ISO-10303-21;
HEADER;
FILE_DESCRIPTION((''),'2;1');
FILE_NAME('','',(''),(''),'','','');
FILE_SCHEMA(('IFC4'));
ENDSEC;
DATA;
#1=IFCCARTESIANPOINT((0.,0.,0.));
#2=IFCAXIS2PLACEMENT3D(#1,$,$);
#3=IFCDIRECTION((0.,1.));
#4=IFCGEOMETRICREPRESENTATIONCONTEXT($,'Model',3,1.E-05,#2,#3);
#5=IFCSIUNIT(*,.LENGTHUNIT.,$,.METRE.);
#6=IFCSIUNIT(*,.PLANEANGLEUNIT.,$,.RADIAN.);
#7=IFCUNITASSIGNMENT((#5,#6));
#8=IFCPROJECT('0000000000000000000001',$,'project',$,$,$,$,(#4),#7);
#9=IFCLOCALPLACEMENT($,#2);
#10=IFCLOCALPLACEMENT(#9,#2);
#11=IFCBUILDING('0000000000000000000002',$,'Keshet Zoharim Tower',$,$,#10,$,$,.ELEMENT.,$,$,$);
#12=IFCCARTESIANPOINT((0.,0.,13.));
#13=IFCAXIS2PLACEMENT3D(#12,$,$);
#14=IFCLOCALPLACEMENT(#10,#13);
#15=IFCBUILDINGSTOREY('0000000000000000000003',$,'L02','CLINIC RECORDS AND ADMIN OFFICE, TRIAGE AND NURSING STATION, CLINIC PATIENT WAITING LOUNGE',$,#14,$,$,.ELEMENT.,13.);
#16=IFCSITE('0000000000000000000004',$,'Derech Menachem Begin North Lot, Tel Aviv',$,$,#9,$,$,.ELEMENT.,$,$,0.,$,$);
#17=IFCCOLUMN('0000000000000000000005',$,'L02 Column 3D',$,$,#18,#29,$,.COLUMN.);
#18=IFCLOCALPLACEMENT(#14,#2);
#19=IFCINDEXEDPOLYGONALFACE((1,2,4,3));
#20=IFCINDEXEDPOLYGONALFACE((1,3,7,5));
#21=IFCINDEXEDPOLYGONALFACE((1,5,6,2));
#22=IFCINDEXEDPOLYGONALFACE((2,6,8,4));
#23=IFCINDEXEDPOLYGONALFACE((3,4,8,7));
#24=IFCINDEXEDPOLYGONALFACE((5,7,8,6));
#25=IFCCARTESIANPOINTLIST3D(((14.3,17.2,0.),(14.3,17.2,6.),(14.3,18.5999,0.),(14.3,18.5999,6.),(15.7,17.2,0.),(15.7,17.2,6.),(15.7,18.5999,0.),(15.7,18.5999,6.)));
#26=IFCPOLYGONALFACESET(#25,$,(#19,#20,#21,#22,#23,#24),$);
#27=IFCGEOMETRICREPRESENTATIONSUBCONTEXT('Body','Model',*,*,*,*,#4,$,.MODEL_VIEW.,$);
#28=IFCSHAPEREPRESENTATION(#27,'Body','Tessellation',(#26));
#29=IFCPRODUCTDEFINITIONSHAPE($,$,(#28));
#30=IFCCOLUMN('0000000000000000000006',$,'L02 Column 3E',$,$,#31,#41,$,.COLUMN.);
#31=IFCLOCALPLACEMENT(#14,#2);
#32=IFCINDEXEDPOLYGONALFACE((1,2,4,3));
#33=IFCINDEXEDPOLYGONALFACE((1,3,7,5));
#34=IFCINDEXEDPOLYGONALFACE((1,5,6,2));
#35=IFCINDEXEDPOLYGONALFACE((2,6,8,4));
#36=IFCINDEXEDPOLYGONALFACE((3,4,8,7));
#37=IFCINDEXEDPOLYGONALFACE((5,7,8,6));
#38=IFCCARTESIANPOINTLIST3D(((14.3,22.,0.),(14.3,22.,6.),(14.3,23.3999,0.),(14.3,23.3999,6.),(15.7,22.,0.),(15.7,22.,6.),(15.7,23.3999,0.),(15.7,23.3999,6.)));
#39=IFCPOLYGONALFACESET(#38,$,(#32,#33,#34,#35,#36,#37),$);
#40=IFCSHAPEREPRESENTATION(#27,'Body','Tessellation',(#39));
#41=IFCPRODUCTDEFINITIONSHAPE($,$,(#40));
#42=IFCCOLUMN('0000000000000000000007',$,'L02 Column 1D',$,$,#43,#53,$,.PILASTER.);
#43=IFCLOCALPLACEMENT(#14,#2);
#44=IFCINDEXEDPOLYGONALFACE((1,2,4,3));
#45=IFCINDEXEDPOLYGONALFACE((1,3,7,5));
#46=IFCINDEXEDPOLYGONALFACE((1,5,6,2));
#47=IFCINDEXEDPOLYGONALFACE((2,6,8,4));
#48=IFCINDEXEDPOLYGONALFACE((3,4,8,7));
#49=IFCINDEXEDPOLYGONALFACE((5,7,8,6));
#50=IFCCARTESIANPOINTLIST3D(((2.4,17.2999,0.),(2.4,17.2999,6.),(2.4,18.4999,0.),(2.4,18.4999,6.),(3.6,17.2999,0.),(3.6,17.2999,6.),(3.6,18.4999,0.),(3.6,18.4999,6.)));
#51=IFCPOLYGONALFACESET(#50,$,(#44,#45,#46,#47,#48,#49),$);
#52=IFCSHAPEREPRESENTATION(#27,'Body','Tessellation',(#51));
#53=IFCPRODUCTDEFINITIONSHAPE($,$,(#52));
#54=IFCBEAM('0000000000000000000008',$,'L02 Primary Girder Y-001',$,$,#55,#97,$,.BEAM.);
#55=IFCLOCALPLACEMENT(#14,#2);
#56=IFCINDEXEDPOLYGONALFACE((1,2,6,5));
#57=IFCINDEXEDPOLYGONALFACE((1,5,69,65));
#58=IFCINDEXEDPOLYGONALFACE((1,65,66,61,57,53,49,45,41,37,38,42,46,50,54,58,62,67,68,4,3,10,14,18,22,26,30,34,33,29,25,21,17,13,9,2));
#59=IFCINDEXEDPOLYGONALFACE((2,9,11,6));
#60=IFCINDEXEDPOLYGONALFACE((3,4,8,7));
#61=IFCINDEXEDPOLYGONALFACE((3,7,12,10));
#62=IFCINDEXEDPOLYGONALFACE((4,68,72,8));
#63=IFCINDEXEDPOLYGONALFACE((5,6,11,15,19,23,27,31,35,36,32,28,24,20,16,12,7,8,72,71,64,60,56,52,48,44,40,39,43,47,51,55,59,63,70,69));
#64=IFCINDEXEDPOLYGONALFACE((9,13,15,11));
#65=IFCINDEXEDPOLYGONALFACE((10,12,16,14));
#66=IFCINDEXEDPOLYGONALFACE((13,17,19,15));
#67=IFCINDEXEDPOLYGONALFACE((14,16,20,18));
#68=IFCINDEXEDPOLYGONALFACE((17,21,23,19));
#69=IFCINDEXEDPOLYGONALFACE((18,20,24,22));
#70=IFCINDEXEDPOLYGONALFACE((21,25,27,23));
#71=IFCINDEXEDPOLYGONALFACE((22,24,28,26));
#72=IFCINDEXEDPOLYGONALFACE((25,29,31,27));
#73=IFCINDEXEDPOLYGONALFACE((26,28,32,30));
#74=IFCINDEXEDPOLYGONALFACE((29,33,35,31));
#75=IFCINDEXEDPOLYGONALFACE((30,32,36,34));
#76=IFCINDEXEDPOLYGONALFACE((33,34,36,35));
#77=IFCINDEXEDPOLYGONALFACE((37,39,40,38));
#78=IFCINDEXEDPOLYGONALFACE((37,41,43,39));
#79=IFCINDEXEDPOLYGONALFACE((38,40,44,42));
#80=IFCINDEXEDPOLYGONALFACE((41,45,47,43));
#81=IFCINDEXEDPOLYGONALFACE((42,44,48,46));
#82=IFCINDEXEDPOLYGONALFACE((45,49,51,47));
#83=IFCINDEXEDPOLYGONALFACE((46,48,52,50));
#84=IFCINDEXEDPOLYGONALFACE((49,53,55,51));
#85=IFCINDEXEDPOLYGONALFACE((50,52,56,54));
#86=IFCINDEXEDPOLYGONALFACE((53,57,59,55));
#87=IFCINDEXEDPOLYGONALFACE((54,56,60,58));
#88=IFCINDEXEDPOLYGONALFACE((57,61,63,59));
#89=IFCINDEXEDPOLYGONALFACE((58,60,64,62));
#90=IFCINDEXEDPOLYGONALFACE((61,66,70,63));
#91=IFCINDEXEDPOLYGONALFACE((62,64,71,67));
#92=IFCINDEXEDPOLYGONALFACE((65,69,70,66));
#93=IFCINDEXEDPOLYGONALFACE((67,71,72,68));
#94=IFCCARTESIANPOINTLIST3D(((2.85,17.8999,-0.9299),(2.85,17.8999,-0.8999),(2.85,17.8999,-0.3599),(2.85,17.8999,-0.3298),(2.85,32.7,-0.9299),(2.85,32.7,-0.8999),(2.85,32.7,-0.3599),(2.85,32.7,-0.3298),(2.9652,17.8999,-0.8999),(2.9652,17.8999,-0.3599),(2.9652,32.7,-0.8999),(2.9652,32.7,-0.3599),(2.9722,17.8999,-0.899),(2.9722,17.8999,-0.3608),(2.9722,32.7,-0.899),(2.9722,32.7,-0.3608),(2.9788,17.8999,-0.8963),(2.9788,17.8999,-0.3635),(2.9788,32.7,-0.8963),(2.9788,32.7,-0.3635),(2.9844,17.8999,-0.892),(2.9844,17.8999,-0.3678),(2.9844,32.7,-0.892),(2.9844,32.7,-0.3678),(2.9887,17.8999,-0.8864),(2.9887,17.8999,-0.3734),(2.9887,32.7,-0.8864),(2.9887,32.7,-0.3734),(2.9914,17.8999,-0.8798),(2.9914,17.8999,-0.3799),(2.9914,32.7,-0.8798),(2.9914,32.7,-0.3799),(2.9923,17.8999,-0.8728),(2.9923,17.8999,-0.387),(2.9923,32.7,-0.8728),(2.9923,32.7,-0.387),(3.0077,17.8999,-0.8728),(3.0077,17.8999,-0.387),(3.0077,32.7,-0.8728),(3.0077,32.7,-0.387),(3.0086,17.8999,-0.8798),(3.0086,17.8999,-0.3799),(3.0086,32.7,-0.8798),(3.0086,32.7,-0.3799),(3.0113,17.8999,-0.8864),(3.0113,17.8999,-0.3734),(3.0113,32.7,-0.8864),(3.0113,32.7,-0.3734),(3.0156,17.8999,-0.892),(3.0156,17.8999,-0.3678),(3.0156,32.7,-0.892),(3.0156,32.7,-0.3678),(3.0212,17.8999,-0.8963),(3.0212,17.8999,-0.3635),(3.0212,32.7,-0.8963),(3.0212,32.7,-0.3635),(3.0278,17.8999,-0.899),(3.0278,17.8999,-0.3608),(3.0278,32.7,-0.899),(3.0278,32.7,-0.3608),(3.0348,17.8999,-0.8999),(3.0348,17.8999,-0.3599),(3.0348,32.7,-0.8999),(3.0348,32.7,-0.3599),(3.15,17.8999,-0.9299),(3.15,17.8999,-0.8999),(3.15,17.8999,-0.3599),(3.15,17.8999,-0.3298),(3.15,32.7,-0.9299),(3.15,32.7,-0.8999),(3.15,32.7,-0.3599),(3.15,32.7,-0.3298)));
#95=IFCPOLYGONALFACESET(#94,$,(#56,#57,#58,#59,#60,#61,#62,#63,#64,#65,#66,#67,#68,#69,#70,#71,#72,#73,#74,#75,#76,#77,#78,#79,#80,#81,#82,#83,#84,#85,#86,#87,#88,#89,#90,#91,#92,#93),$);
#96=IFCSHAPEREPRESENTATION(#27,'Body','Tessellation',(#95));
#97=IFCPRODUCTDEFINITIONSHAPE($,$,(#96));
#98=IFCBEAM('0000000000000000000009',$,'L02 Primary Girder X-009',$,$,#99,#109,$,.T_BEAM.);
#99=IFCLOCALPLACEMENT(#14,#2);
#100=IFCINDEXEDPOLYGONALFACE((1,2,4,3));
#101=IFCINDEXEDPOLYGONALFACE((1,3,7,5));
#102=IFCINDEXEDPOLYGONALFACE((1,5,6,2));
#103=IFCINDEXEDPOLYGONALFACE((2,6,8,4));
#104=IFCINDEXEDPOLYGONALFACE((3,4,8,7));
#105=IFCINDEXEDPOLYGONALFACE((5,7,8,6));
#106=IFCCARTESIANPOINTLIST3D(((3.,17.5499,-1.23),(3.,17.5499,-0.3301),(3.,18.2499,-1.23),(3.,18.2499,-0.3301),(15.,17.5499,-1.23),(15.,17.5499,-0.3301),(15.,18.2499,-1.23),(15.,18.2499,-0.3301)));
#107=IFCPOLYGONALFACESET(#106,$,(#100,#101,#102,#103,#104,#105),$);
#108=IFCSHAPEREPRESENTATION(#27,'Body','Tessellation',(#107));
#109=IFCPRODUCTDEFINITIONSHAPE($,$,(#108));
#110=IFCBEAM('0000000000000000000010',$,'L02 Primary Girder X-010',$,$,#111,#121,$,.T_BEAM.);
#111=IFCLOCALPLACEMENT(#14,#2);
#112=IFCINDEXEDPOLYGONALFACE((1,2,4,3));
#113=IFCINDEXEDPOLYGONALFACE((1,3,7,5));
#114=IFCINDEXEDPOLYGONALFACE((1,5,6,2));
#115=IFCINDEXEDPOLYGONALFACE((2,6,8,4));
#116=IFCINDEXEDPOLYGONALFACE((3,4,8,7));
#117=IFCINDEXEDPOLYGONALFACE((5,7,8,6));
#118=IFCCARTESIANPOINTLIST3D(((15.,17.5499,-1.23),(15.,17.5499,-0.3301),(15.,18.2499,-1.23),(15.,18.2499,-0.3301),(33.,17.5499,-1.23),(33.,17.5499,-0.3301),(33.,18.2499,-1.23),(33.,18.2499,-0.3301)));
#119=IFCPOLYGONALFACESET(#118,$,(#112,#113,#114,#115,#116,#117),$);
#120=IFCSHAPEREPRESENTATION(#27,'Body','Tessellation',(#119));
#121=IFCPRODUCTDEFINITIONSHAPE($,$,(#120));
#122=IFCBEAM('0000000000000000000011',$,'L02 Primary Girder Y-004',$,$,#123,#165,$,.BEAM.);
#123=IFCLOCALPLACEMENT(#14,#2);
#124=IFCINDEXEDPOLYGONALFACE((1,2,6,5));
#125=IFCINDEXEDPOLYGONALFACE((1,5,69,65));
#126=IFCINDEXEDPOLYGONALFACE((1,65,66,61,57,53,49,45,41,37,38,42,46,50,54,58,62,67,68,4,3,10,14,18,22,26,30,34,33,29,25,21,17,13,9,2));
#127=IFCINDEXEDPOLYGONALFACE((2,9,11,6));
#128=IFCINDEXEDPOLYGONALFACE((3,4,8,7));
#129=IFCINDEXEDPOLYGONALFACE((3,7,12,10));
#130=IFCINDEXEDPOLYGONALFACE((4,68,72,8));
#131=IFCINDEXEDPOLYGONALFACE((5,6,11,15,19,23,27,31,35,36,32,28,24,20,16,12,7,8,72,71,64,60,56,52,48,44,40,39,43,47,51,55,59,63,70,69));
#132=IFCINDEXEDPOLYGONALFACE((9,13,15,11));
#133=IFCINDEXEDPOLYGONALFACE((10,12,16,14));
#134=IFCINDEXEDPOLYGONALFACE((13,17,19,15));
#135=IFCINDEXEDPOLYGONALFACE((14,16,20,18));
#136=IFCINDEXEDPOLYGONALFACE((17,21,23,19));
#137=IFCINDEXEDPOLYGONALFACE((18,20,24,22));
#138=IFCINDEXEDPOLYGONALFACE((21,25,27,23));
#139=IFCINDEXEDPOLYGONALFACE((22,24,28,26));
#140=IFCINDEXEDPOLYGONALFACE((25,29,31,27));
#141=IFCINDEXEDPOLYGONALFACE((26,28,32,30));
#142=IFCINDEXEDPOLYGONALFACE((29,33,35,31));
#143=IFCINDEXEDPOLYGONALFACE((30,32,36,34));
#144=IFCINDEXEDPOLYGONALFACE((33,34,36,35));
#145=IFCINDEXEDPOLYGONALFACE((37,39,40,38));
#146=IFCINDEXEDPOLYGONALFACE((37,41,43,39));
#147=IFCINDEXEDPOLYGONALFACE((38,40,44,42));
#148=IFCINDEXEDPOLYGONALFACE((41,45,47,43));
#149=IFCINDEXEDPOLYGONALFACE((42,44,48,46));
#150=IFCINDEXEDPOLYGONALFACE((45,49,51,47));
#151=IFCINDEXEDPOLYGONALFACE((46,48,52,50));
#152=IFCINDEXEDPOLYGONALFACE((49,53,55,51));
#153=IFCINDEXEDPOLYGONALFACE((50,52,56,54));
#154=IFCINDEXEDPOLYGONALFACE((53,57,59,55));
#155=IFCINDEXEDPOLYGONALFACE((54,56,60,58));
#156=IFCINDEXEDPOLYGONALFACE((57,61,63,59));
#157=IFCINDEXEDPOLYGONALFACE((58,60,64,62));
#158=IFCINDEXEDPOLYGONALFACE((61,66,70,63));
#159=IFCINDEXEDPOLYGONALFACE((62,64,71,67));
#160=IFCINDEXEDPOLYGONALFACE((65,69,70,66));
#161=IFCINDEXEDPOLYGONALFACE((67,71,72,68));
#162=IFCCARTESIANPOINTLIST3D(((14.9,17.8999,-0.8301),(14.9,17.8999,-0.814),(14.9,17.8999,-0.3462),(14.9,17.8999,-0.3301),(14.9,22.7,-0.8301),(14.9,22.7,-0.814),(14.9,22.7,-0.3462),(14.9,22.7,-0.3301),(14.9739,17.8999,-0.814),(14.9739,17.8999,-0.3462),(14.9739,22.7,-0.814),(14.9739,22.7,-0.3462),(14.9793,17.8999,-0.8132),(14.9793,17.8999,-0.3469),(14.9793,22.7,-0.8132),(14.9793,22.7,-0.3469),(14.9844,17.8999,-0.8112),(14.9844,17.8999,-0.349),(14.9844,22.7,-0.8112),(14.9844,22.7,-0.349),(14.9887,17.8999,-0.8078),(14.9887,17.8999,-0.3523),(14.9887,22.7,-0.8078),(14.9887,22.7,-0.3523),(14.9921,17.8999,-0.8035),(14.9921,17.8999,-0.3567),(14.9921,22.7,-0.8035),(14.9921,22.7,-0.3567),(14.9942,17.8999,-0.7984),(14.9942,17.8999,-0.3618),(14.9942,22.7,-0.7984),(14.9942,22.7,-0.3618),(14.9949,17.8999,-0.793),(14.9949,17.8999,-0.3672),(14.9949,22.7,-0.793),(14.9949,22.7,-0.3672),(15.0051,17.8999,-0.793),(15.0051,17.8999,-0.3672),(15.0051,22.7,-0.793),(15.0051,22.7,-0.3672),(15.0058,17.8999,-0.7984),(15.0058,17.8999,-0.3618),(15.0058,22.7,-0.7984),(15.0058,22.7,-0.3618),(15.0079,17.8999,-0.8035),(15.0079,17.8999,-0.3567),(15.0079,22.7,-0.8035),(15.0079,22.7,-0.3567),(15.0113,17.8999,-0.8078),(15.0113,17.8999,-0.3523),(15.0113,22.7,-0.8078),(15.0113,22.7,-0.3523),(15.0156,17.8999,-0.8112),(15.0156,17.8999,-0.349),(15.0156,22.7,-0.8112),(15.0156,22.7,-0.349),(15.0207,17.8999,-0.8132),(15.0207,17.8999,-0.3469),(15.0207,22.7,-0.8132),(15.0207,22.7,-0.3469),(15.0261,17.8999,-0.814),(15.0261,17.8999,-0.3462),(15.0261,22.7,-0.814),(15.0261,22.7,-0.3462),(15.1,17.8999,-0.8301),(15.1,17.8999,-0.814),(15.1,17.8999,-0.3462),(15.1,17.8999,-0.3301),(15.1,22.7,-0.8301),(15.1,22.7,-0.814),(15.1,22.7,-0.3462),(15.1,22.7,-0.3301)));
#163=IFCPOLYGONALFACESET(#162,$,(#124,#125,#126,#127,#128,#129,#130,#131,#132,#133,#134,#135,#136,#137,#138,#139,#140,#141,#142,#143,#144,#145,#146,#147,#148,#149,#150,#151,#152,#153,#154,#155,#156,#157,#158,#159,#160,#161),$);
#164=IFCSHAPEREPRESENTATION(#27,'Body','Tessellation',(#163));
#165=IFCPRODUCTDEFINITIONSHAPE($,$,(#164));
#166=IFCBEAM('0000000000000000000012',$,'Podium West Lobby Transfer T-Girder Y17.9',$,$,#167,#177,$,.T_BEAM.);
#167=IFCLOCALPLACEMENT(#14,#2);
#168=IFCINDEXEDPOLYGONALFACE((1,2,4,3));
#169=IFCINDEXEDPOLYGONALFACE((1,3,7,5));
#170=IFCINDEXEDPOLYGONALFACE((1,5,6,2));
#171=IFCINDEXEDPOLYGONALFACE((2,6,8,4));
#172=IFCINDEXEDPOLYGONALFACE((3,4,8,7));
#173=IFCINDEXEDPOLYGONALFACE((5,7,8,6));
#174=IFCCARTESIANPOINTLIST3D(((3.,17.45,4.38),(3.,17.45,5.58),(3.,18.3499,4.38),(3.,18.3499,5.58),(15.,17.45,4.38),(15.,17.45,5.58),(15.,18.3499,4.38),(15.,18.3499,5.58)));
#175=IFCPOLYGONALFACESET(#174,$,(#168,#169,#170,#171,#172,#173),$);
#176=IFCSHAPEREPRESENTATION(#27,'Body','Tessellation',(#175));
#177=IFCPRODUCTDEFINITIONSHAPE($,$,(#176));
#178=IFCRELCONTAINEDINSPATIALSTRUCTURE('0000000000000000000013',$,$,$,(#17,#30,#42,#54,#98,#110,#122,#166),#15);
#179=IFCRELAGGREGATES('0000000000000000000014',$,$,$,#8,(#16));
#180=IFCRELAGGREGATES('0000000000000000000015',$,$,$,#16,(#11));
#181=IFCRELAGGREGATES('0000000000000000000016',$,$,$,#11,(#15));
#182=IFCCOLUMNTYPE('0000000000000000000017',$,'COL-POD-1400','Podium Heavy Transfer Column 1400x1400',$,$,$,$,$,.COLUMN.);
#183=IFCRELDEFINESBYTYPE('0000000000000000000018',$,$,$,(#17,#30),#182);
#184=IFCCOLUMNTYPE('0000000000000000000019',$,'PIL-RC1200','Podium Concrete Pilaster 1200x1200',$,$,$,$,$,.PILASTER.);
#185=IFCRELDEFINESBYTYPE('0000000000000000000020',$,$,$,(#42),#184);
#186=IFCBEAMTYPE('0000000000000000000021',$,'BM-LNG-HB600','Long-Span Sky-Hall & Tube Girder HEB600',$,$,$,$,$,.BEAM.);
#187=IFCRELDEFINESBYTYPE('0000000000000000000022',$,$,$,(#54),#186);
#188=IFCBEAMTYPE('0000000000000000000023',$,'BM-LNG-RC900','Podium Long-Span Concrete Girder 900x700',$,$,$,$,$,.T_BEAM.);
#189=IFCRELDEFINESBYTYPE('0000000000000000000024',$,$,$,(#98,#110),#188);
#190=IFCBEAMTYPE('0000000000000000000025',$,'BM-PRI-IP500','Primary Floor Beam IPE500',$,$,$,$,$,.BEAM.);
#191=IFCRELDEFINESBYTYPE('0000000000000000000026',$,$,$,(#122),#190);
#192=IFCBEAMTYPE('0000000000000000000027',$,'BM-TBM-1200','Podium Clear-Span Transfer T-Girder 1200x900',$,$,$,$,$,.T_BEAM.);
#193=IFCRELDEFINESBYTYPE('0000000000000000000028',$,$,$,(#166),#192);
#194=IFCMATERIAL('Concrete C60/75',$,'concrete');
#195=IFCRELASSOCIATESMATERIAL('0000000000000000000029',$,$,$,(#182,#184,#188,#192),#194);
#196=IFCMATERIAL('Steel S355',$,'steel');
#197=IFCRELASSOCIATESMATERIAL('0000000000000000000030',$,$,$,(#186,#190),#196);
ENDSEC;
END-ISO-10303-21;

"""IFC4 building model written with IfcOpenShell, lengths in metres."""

from ifc_helpers import new_model, si_unit, direction, frame, origin, origin_2d, place, context, subcontext, project, spatial, rectangle, i_section, extrude, material, material_profile, profile_set, type_object, element, save


model = new_model("IFC4")

# Units and contexts
model_context = context("Model", 3, precision=1e-05, world=origin(), true_north=direction((0.0, 1.0)))
body_context = subcontext(model_context, "Body", "Model", "MODEL_VIEW")
ifc_project = project(units=[si_unit("LENGTHUNIT", "METRE"), si_unit("PLANEANGLEUNIT", "RADIAN")], contexts=[model_context])

# Site, building, storey
site_placement = place(None, origin())
site = spatial("IfcSite", under=ifc_project, at=site_placement, Name="Derech Menachem Begin North Lot, Tel Aviv", CompositionType="ELEMENT", RefElevation=0.0)
building_placement = place(site_placement, origin())
building = spatial("IfcBuilding", under=site, at=building_placement, Name="Keshet Zoharim Tower", CompositionType="ELEMENT")
storey_placement = place(building_placement, frame((0.0, 0.0, 13.0)))
storey = spatial("IfcBuildingStorey", under=building, at=storey_placement, Name="L02", Description="CLINIC RECORDS AND ADMIN OFFICE, TRIAGE AND NURSING STATION, CLINIC PATIENT WAITING LOUNGE", CompositionType="ELEMENT", Elevation=13.0)

# Columns
ifc_material_1 = material(Name="Concrete C60/75", Category="concrete")
ifc_material_profile_1 = material_profile(ifc_material_1, rectangle(XDim=1.3999, YDim=1.3999, at=origin_2d()), Name="RC1400x1400")
ifc_profile_set_1 = profile_set([ifc_material_profile_1], Name="Concrete C60/75")
column_type_1 = type_object("IfcColumnType", Name="COL-POD-1400", Description="Podium Heavy Transfer Column 1400x1400", PredefinedType="COLUMN", material=ifc_profile_set_1)
for number, where, z_axis, x_axis, name in (
    (1, (15.0, 17.8999, 0.0), (0.0, 0.0, 1.0), (1.0, 0.0, 0.0), "L02 Column 3D"),
    (2, (15.0, 22.7, 0.0), (0.0, 0.0, 1.0), (1.0, 0.0, 0.0), "L02 Column 3E"),
):
    element("IfcColumn", number, at=place(storey_placement, frame(where, z_axis=z_axis, x_axis=x_axis)), inside=storey, type_object=column_type_1, Name=name, PredefinedType="COLUMN", context=body_context, shape_type="SweptSolid", body=[
        extrude(rectangle(XDim=1.3999, YDim=1.3999, at=origin_2d()), origin(), (0.0, 0.0, 1.0), 6.0),
    ])
ifc_material_profile_2 = material_profile(ifc_material_1, rectangle(XDim=1.2, YDim=1.2, at=origin_2d()), Name="RC1200x1200")
ifc_profile_set_2 = profile_set([ifc_material_profile_2], Name="Concrete C60/75")
column_type_2 = type_object("IfcColumnType", Name="PIL-RC1200", Description="Podium Concrete Pilaster 1200x1200", PredefinedType="PILASTER", material=ifc_profile_set_2)
column_placement = place(storey_placement, frame((3.0, 17.8999, 0.0), z_axis=(0.0, 0.0, 1.0), x_axis=(1.0, 0.0, 0.0)))
element("IfcColumn", 3, at=column_placement, inside=storey, type_object=column_type_2, Name="L02 Column 1D", PredefinedType="PILASTER", context=body_context, shape_type="SweptSolid", body=[
    extrude(rectangle(XDim=1.2, YDim=1.2, at=origin_2d()), origin(), (0.0, 0.0, 1.0), 6.0),
])

# Beams
ifc_material_2 = material(Name="Steel S355", Category="steel")
ifc_material_profile_3 = material_profile(ifc_material_2, i_section(OverallWidth=0.3, OverallDepth=0.6001, WebThickness=0.0154, FlangeThickness=0.03, FilletRadius=0.0271, at=origin_2d()), Name="HEB600")
ifc_profile_set_3 = profile_set([ifc_material_profile_3], Name="Steel S355")
beam_type_1 = type_object("IfcBeamType", Name="BM-LNG-HB600", Description="Long-Span Sky-Hall & Tube Girder HEB600", PredefinedType="BEAM", material=ifc_profile_set_3)
beam_1_placement = place(storey_placement, frame((3.0, 17.8999, -0.6299), z_axis=(0.0, 1.0, 0.0), x_axis=(-1.0, 0.0, 0.0)))
element("IfcBeam", 4, at=beam_1_placement, inside=storey, type_object=beam_type_1, Name="L02 Primary Girder Y-001", PredefinedType="BEAM", context=body_context, shape_type="SweptSolid", body=[
    extrude(i_section(OverallWidth=0.3, OverallDepth=0.6001, WebThickness=0.0154, FlangeThickness=0.03, FilletRadius=0.0271, at=origin_2d()), origin(), (0.0, 0.0, 1.0), 14.8),
])
ifc_material_profile_4 = material_profile(ifc_material_1, rectangle(XDim=0.7, YDim=0.8999, at=origin_2d()), Name="RC900x700")
ifc_profile_set_4 = profile_set([ifc_material_profile_4], Name="Concrete C60/75")
beam_type_2 = type_object("IfcBeamType", Name="BM-LNG-RC900", Description="Podium Long-Span Concrete Girder 900x700", PredefinedType="T_BEAM", material=ifc_profile_set_4)
beam_2_placement = place(storey_placement, frame((3.0, 17.8999, -0.78), z_axis=(1.0, 0.0, 0.0), x_axis=(0.0, 1.0, 0.0)))
element("IfcBeam", 5, at=beam_2_placement, inside=storey, type_object=beam_type_2, Name="L02 Primary Girder X-009", PredefinedType="T_BEAM", context=body_context, shape_type="SweptSolid", body=[
    extrude(rectangle(XDim=0.7, YDim=0.8999, at=origin_2d()), origin(), (0.0, 0.0, 1.0), 12.0),
])
beam_3_placement = place(storey_placement, frame((15.0, 17.8999, -0.78), z_axis=(1.0, 0.0, 0.0), x_axis=(0.0, 1.0, 0.0)))
element("IfcBeam", 6, at=beam_3_placement, inside=storey, type_object=beam_type_2, Name="L02 Primary Girder X-010", PredefinedType="T_BEAM", context=body_context, shape_type="SweptSolid", body=[
    extrude(rectangle(XDim=0.7, YDim=0.8999, at=origin_2d()), origin(), (0.0, 0.0, 1.0), 18.0),
])
ifc_material_profile_5 = material_profile(ifc_material_2, i_section(OverallWidth=0.2, OverallDepth=0.5, WebThickness=0.0103, FlangeThickness=0.0161, FilletRadius=0.021, at=origin_2d()), Name="IPE500")
ifc_profile_set_5 = profile_set([ifc_material_profile_5], Name="Steel S355")
beam_type_3 = type_object("IfcBeamType", Name="BM-PRI-IP500", Description="Primary Floor Beam IPE500", PredefinedType="BEAM", material=ifc_profile_set_5)
beam_4_placement = place(storey_placement, frame((15.0, 17.8999, -0.5801), z_axis=(0.0, 1.0, 0.0), x_axis=(-1.0, 0.0, 0.0)))
element("IfcBeam", 7, at=beam_4_placement, inside=storey, type_object=beam_type_3, Name="L02 Primary Girder Y-004", PredefinedType="BEAM", context=body_context, shape_type="SweptSolid", body=[
    extrude(i_section(OverallWidth=0.2, OverallDepth=0.5, WebThickness=0.0103, FlangeThickness=0.0161, FilletRadius=0.021, at=origin_2d()), origin(), (0.0, 0.0, 1.0), 4.8),
])
ifc_material_profile_6 = material_profile(ifc_material_1, rectangle(XDim=0.8999, YDim=1.2, at=origin_2d()), Name="RC1200x900")
ifc_profile_set_6 = profile_set([ifc_material_profile_6], Name="Concrete C60/75")
beam_type_4 = type_object("IfcBeamType", Name="BM-TBM-1200", Description="Podium Clear-Span Transfer T-Girder 1200x900", PredefinedType="T_BEAM", material=ifc_profile_set_6)
beam_5_placement = place(storey_placement, frame((3.0, 17.8999, 4.98), z_axis=(1.0, 0.0, 0.0), x_axis=(0.0, 1.0, 0.0)))
element("IfcBeam", 8, at=beam_5_placement, inside=storey, type_object=beam_type_4, Name="Podium West Lobby Transfer T-Girder Y17.9", PredefinedType="T_BEAM", context=body_context, shape_type="SweptSolid", body=[
    extrude(rectangle(XDim=0.8999, YDim=1.2, at=origin_2d()), origin(), (0.0, 0.0, 1.0), 12.0),
])

save(model, "model.ifc")
